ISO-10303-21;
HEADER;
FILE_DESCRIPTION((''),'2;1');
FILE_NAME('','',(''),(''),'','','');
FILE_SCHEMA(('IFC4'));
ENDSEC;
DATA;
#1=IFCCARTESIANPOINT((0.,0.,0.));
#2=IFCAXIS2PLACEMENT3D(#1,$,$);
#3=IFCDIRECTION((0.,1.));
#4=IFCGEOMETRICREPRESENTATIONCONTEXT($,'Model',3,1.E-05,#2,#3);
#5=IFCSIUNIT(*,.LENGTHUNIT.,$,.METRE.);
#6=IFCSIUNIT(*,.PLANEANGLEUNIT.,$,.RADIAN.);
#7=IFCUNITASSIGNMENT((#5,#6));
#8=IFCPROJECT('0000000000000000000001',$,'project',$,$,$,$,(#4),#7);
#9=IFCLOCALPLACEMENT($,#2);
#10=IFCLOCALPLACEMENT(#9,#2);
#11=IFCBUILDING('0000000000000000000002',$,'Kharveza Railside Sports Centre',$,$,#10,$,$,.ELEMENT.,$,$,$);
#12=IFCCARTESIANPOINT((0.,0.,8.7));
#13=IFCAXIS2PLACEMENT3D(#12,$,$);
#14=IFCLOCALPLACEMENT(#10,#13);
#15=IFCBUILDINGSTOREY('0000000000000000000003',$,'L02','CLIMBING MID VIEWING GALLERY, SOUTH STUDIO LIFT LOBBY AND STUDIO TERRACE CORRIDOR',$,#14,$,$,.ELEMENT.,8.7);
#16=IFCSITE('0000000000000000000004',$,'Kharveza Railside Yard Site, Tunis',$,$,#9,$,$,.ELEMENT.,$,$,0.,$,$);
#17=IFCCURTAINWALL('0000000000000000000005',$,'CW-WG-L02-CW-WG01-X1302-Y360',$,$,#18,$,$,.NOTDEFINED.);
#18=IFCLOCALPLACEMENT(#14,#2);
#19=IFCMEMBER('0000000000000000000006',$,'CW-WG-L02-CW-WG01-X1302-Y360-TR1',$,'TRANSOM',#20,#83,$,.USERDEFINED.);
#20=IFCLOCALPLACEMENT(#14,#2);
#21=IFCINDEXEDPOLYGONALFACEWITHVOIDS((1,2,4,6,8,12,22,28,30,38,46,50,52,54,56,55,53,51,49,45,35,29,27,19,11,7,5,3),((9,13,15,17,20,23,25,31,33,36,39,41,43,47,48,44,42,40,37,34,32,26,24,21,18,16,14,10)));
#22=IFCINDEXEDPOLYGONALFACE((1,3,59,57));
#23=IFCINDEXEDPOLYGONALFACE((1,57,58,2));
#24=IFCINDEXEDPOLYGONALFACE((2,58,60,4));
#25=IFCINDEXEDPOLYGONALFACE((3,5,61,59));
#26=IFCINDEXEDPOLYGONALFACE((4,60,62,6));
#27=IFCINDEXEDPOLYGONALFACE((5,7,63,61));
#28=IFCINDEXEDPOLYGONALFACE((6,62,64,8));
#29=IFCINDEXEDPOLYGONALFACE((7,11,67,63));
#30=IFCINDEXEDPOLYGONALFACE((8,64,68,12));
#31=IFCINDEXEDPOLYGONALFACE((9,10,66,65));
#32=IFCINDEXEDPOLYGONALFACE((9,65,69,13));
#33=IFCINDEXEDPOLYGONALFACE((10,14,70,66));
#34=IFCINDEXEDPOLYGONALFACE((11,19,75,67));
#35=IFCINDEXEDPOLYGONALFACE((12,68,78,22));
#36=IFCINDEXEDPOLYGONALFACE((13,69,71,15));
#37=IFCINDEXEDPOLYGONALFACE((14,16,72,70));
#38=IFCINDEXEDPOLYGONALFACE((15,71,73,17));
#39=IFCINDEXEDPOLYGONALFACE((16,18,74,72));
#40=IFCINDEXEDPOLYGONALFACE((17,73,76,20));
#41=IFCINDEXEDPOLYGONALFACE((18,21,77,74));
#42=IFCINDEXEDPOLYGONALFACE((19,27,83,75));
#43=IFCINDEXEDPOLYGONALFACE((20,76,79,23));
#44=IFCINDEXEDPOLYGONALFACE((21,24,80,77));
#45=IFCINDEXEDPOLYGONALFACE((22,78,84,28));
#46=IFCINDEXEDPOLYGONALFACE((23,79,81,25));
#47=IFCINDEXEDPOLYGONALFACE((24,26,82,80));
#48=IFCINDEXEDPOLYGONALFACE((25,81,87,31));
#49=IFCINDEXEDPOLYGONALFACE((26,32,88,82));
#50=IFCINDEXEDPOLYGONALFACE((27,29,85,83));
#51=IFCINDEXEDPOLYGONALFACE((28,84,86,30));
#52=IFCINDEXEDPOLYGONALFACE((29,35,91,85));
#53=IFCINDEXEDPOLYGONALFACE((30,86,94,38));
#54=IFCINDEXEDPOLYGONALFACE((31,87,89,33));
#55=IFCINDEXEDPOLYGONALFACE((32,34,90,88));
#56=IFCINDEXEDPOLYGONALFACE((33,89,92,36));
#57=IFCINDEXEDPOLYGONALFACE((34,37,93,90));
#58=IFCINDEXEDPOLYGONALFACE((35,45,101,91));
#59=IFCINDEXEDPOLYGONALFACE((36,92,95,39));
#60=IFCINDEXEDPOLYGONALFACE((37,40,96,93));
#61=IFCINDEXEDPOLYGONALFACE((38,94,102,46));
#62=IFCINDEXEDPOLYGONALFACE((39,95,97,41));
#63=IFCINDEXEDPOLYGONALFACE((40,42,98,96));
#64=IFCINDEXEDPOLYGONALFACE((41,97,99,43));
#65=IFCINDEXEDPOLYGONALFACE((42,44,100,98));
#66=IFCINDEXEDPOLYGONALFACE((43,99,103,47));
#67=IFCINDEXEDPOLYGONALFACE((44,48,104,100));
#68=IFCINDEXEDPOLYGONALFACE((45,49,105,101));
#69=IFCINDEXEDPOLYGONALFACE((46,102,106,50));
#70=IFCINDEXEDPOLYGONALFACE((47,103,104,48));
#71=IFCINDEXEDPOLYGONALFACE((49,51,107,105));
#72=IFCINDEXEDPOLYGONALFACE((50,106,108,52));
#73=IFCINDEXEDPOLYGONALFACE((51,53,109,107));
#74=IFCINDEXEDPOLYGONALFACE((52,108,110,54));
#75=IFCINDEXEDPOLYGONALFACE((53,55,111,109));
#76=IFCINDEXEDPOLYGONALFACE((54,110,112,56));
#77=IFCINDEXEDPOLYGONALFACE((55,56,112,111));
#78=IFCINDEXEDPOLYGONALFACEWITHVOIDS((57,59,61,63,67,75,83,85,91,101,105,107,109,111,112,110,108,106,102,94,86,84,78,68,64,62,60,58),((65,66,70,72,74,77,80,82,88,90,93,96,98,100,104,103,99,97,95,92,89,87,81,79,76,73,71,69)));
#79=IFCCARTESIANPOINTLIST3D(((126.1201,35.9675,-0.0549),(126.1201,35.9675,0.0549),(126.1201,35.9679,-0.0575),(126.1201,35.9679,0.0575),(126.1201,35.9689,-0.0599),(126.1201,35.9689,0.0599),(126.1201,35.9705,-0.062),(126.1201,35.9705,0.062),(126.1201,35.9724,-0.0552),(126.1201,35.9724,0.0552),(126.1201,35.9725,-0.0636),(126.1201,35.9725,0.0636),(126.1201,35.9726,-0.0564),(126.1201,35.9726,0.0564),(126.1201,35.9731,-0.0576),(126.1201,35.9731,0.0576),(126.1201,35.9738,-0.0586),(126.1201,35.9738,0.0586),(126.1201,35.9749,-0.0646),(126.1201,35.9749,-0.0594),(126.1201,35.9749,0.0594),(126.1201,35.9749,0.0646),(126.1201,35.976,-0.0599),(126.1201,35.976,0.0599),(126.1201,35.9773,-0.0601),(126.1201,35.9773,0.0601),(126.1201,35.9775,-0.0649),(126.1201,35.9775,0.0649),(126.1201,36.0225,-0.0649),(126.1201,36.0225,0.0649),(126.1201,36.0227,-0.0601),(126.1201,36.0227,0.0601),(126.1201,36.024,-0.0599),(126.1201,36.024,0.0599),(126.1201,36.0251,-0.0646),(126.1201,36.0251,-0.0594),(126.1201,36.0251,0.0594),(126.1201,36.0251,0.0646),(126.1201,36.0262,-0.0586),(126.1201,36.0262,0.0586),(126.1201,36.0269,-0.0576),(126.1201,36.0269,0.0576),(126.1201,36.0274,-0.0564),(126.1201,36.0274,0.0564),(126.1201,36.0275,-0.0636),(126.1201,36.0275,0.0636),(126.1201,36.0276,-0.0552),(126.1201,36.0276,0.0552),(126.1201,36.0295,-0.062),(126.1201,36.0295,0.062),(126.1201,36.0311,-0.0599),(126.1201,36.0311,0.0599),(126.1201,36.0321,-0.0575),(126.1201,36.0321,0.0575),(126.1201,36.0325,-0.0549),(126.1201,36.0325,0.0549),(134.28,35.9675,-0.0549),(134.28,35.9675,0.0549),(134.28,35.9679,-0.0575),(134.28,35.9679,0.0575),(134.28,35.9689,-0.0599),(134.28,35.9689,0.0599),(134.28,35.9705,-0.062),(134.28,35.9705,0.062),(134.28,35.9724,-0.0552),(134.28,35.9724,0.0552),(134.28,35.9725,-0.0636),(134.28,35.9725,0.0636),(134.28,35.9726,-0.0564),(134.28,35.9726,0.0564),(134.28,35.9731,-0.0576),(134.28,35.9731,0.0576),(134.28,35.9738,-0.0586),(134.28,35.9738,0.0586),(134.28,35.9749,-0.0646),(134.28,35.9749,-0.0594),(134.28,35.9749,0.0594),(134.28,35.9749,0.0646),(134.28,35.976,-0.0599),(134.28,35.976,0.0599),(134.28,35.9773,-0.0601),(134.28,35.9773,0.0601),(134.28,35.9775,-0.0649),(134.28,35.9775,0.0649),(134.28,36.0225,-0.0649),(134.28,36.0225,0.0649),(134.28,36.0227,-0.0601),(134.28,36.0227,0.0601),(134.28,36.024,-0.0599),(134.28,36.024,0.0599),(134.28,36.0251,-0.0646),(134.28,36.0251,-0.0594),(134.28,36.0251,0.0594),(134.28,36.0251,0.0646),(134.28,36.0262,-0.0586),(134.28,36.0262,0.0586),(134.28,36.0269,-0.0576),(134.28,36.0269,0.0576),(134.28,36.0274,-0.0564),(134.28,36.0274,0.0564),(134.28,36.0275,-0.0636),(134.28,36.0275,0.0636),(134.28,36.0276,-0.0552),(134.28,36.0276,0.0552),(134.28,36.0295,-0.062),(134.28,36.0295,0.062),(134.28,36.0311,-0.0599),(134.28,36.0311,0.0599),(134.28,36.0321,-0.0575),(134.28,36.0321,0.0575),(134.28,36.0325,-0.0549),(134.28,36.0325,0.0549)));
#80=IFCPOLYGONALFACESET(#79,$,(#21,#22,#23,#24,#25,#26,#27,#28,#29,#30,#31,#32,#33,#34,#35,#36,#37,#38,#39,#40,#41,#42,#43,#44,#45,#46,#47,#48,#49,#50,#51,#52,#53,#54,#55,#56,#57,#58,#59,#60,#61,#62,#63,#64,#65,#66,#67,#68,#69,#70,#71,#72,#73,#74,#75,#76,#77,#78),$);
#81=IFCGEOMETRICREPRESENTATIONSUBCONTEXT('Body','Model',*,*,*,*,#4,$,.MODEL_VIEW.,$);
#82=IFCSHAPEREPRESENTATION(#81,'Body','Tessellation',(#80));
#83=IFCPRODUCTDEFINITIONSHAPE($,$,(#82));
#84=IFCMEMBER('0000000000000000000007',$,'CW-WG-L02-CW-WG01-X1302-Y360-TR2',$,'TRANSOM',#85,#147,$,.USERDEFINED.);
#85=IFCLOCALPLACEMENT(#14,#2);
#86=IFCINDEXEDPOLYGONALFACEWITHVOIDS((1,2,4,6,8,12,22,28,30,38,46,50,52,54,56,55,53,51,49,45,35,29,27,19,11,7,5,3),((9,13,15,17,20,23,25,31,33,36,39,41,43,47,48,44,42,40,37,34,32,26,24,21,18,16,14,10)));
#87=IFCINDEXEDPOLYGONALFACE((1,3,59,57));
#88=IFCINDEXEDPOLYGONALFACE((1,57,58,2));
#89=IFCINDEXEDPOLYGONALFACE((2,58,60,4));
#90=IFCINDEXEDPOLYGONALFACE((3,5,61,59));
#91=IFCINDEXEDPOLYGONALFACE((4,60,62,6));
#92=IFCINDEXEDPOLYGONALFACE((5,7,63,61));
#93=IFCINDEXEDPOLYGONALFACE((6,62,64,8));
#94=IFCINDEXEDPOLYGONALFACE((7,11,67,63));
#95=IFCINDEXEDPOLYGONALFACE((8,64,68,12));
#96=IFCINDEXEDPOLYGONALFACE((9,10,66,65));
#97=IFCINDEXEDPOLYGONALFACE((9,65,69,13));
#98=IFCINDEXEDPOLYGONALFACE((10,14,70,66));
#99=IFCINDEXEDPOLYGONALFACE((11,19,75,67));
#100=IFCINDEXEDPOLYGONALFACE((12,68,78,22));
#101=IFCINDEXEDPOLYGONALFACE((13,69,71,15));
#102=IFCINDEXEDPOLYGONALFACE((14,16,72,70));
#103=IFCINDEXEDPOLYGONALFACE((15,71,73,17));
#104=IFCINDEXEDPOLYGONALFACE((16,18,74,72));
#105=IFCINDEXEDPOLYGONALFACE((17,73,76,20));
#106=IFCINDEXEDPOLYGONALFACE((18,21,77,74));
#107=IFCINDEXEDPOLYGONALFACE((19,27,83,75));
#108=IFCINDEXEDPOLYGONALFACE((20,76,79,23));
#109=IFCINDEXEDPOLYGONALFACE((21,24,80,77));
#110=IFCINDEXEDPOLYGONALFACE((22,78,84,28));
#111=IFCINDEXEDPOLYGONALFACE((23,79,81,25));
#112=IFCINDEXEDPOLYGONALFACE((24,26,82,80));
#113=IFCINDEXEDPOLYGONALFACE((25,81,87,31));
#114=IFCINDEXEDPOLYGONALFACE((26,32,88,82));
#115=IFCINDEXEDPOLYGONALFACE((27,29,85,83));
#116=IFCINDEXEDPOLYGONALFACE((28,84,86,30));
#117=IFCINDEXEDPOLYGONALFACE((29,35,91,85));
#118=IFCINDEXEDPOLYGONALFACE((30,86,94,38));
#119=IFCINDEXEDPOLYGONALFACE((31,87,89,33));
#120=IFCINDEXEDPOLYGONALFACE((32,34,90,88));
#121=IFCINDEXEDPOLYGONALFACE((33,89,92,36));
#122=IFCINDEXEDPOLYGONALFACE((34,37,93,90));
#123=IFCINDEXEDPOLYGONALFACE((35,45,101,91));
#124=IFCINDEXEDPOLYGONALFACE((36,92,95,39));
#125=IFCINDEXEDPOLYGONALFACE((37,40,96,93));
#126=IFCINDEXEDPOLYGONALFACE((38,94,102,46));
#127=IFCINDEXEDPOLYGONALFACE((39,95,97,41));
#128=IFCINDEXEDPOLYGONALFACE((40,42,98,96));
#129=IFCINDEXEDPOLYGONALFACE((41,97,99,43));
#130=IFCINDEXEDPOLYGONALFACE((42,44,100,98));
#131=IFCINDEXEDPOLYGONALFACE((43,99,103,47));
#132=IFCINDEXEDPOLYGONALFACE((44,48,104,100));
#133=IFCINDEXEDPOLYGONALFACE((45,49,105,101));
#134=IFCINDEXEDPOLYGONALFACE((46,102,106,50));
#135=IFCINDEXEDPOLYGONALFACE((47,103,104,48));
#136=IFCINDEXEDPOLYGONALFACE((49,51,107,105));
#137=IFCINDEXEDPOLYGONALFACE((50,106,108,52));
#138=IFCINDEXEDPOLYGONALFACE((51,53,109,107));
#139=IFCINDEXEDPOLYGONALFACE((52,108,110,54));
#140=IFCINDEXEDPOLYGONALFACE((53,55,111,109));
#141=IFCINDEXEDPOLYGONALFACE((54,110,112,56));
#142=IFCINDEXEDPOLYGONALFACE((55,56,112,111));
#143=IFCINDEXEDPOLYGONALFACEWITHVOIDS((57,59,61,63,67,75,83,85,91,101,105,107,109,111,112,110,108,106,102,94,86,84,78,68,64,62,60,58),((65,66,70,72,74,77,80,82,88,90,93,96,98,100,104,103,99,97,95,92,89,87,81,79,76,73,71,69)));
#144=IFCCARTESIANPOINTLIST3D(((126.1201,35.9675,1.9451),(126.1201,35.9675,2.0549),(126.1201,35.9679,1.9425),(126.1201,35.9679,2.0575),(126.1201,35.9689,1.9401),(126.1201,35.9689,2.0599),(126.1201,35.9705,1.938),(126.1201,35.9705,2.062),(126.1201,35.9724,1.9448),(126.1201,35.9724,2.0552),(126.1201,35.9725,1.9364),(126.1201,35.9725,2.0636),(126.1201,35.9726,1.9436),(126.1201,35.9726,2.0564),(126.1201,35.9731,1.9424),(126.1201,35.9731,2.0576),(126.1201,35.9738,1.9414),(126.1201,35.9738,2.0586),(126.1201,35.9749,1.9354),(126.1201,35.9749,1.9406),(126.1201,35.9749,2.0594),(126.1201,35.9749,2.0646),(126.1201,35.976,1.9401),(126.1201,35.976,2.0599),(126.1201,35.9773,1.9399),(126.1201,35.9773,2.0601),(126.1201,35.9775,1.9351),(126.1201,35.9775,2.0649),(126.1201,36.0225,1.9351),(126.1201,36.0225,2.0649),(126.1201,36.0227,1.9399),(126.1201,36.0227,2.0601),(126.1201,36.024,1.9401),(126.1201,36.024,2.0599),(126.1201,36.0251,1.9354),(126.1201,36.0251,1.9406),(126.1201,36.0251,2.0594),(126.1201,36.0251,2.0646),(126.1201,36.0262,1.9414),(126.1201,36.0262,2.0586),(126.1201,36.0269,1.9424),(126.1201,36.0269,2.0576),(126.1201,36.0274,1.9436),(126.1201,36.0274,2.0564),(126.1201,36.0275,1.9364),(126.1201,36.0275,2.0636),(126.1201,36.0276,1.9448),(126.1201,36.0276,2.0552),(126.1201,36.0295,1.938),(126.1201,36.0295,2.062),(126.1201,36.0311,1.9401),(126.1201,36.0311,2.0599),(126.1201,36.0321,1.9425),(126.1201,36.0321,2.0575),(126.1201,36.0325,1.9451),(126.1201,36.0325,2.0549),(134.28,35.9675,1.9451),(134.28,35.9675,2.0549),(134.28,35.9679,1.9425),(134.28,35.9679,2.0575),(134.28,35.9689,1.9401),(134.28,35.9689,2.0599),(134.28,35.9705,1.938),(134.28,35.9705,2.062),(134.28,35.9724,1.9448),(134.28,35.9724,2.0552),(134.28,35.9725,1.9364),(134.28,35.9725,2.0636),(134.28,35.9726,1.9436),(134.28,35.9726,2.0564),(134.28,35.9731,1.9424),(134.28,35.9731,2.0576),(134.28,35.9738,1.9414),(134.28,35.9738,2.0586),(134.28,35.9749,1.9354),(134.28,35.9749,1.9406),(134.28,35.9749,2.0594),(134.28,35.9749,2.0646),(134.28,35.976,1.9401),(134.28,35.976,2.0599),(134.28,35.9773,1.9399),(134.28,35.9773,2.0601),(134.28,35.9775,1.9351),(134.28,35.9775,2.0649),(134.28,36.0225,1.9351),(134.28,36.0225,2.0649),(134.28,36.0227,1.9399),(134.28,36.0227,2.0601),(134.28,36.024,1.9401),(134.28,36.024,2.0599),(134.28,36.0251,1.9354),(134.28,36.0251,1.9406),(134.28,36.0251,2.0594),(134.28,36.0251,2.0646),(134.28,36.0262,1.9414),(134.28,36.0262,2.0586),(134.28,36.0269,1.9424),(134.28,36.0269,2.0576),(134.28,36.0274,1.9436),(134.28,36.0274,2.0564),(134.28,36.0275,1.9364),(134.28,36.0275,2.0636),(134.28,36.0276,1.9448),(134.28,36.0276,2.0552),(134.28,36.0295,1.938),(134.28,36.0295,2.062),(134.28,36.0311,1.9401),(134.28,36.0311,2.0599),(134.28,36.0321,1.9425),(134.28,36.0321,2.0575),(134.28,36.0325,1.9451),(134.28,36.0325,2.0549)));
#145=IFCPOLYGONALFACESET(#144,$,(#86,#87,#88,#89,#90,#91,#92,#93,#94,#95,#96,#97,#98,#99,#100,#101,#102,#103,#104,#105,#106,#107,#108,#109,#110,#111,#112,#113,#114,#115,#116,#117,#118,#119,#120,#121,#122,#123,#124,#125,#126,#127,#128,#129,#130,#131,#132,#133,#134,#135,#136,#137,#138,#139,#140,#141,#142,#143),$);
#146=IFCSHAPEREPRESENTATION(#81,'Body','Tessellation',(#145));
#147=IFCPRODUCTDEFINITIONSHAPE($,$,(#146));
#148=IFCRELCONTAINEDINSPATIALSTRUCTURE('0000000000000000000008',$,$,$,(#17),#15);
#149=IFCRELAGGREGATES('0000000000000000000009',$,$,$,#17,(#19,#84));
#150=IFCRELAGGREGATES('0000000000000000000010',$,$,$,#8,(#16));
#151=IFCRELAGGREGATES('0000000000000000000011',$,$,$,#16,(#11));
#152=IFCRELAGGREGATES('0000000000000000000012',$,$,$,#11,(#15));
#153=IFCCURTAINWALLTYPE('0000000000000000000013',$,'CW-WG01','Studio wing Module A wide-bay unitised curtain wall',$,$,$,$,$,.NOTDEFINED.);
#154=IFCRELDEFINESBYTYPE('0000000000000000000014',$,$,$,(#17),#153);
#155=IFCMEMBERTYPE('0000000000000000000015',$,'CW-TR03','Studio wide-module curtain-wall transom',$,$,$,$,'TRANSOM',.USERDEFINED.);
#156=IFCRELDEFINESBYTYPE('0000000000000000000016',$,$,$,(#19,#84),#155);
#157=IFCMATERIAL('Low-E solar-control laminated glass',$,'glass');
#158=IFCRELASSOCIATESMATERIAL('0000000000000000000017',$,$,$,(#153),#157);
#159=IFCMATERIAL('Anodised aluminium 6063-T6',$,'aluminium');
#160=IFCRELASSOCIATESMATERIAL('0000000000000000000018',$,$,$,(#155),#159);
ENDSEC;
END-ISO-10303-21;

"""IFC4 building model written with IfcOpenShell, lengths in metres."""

from ifc_helpers import new_model, si_unit, direction, frame, origin, origin_2d, place, context, subcontext, project, spatial, hollow_rectangle, extrude, material, material_profile, profile_set, type_object, element, aggregate, save


model = new_model("IFC4")

# Units and contexts
model_context = context("Model", 3, precision=1e-05, world=origin(), true_north=direction((0.0, 1.0)))
body_context = subcontext(model_context, "Body", "Model", "MODEL_VIEW")
ifc_project = project(units=[si_unit("LENGTHUNIT", "METRE"), si_unit("PLANEANGLEUNIT", "RADIAN")], contexts=[model_context])

# Site, building, storey
site_placement = place(None, origin())
site = spatial("IfcSite", under=ifc_project, at=site_placement, Name="Kharveza Railside Yard Site, Tunis", CompositionType="ELEMENT", RefElevation=0.0)
building_placement = place(site_placement, origin())
building = spatial("IfcBuilding", under=site, at=building_placement, Name="Kharveza Railside Sports Centre", CompositionType="ELEMENT")
storey_placement = place(building_placement, frame((0.0, 0.0, 8.7)))
storey = spatial("IfcBuildingStorey", under=building, at=storey_placement, Name="L02", Description="CLIMBING MID VIEWING GALLERY, SOUTH STUDIO LIFT LOBBY AND STUDIO TERRACE CORRIDOR", CompositionType="ELEMENT", Elevation=8.7)

# Curtain wall
ifc_material_1 = material(Name="Low-E solar-control laminated glass", Category="glass")
curtain_wall_type = type_object("IfcCurtainWallType", Name="CW-WG01", Description="Studio wing Module A wide-bay unitised curtain wall", PredefinedType="NOTDEFINED", material=ifc_material_1)
curtain_wall_1_placement = place(storey_placement, origin())
curtain_wall_1 = element("IfcCurtainWall", 1, at=curtain_wall_1_placement, inside=storey, type_object=curtain_wall_type, Name="CW-WG-L02-CW-WG01-X1302-Y360", PredefinedType="NOTDEFINED")
ifc_material_2 = material(Name="Anodised aluminium 6063-T6", Category="aluminium")

# Members
ifc_material_profile_1 = material_profile(ifc_material_2, hollow_rectangle(XDim=0.0649, YDim=0.1299, WallThickness=0.0049, InnerFilletRadius=0.0049, OuterFilletRadius=0.01, at=origin_2d()), Name="RHS 65x130x5.0")
ifc_profile_set_1 = profile_set([ifc_material_profile_1], Name="Anodised aluminium 6063-T6")
member_type_1 = type_object("IfcMemberType", Name="CW-TR03", Description="Studio wide-module curtain-wall transom", ElementType="TRANSOM", PredefinedType="USERDEFINED", material=ifc_profile_set_1)
member_1_placement = place(storey_placement, frame((134.28, 36.0, 0.0), z_axis=(-1.0, 0.0, 0.0), x_axis=(0.0, -1.0, 0.0)))
member_1 = element("IfcMember", 2, at=member_1_placement, type_object=member_type_1, Name="CW-WG-L02-CW-WG01-X1302-Y360-TR1", ObjectType="TRANSOM", PredefinedType="USERDEFINED", context=body_context, shape_type="SweptSolid", body=[
    extrude(hollow_rectangle(XDim=0.0649, YDim=0.1299, WallThickness=0.0049, InnerFilletRadius=0.0049, OuterFilletRadius=0.01, at=origin_2d()), origin(), (0.0, 0.0, 1.0), 8.1599),
])
member_2_placement = place(storey_placement, frame((134.28, 36.0, 2.0), z_axis=(-1.0, 0.0, 0.0), x_axis=(0.0, -1.0, 0.0)))
member_2 = element("IfcMember", 3, at=member_2_placement, type_object=member_type_1, Name="CW-WG-L02-CW-WG01-X1302-Y360-TR2", ObjectType="TRANSOM", PredefinedType="USERDEFINED", context=body_context, shape_type="SweptSolid", body=[
    extrude(hollow_rectangle(XDim=0.0649, YDim=0.1299, WallThickness=0.0049, InnerFilletRadius=0.0049, OuterFilletRadius=0.01, at=origin_2d()), origin(), (0.0, 0.0, 1.0), 8.1599),
])

aggregate(curtain_wall_1, [member_1, member_2])

save(model, "model.ifc")
